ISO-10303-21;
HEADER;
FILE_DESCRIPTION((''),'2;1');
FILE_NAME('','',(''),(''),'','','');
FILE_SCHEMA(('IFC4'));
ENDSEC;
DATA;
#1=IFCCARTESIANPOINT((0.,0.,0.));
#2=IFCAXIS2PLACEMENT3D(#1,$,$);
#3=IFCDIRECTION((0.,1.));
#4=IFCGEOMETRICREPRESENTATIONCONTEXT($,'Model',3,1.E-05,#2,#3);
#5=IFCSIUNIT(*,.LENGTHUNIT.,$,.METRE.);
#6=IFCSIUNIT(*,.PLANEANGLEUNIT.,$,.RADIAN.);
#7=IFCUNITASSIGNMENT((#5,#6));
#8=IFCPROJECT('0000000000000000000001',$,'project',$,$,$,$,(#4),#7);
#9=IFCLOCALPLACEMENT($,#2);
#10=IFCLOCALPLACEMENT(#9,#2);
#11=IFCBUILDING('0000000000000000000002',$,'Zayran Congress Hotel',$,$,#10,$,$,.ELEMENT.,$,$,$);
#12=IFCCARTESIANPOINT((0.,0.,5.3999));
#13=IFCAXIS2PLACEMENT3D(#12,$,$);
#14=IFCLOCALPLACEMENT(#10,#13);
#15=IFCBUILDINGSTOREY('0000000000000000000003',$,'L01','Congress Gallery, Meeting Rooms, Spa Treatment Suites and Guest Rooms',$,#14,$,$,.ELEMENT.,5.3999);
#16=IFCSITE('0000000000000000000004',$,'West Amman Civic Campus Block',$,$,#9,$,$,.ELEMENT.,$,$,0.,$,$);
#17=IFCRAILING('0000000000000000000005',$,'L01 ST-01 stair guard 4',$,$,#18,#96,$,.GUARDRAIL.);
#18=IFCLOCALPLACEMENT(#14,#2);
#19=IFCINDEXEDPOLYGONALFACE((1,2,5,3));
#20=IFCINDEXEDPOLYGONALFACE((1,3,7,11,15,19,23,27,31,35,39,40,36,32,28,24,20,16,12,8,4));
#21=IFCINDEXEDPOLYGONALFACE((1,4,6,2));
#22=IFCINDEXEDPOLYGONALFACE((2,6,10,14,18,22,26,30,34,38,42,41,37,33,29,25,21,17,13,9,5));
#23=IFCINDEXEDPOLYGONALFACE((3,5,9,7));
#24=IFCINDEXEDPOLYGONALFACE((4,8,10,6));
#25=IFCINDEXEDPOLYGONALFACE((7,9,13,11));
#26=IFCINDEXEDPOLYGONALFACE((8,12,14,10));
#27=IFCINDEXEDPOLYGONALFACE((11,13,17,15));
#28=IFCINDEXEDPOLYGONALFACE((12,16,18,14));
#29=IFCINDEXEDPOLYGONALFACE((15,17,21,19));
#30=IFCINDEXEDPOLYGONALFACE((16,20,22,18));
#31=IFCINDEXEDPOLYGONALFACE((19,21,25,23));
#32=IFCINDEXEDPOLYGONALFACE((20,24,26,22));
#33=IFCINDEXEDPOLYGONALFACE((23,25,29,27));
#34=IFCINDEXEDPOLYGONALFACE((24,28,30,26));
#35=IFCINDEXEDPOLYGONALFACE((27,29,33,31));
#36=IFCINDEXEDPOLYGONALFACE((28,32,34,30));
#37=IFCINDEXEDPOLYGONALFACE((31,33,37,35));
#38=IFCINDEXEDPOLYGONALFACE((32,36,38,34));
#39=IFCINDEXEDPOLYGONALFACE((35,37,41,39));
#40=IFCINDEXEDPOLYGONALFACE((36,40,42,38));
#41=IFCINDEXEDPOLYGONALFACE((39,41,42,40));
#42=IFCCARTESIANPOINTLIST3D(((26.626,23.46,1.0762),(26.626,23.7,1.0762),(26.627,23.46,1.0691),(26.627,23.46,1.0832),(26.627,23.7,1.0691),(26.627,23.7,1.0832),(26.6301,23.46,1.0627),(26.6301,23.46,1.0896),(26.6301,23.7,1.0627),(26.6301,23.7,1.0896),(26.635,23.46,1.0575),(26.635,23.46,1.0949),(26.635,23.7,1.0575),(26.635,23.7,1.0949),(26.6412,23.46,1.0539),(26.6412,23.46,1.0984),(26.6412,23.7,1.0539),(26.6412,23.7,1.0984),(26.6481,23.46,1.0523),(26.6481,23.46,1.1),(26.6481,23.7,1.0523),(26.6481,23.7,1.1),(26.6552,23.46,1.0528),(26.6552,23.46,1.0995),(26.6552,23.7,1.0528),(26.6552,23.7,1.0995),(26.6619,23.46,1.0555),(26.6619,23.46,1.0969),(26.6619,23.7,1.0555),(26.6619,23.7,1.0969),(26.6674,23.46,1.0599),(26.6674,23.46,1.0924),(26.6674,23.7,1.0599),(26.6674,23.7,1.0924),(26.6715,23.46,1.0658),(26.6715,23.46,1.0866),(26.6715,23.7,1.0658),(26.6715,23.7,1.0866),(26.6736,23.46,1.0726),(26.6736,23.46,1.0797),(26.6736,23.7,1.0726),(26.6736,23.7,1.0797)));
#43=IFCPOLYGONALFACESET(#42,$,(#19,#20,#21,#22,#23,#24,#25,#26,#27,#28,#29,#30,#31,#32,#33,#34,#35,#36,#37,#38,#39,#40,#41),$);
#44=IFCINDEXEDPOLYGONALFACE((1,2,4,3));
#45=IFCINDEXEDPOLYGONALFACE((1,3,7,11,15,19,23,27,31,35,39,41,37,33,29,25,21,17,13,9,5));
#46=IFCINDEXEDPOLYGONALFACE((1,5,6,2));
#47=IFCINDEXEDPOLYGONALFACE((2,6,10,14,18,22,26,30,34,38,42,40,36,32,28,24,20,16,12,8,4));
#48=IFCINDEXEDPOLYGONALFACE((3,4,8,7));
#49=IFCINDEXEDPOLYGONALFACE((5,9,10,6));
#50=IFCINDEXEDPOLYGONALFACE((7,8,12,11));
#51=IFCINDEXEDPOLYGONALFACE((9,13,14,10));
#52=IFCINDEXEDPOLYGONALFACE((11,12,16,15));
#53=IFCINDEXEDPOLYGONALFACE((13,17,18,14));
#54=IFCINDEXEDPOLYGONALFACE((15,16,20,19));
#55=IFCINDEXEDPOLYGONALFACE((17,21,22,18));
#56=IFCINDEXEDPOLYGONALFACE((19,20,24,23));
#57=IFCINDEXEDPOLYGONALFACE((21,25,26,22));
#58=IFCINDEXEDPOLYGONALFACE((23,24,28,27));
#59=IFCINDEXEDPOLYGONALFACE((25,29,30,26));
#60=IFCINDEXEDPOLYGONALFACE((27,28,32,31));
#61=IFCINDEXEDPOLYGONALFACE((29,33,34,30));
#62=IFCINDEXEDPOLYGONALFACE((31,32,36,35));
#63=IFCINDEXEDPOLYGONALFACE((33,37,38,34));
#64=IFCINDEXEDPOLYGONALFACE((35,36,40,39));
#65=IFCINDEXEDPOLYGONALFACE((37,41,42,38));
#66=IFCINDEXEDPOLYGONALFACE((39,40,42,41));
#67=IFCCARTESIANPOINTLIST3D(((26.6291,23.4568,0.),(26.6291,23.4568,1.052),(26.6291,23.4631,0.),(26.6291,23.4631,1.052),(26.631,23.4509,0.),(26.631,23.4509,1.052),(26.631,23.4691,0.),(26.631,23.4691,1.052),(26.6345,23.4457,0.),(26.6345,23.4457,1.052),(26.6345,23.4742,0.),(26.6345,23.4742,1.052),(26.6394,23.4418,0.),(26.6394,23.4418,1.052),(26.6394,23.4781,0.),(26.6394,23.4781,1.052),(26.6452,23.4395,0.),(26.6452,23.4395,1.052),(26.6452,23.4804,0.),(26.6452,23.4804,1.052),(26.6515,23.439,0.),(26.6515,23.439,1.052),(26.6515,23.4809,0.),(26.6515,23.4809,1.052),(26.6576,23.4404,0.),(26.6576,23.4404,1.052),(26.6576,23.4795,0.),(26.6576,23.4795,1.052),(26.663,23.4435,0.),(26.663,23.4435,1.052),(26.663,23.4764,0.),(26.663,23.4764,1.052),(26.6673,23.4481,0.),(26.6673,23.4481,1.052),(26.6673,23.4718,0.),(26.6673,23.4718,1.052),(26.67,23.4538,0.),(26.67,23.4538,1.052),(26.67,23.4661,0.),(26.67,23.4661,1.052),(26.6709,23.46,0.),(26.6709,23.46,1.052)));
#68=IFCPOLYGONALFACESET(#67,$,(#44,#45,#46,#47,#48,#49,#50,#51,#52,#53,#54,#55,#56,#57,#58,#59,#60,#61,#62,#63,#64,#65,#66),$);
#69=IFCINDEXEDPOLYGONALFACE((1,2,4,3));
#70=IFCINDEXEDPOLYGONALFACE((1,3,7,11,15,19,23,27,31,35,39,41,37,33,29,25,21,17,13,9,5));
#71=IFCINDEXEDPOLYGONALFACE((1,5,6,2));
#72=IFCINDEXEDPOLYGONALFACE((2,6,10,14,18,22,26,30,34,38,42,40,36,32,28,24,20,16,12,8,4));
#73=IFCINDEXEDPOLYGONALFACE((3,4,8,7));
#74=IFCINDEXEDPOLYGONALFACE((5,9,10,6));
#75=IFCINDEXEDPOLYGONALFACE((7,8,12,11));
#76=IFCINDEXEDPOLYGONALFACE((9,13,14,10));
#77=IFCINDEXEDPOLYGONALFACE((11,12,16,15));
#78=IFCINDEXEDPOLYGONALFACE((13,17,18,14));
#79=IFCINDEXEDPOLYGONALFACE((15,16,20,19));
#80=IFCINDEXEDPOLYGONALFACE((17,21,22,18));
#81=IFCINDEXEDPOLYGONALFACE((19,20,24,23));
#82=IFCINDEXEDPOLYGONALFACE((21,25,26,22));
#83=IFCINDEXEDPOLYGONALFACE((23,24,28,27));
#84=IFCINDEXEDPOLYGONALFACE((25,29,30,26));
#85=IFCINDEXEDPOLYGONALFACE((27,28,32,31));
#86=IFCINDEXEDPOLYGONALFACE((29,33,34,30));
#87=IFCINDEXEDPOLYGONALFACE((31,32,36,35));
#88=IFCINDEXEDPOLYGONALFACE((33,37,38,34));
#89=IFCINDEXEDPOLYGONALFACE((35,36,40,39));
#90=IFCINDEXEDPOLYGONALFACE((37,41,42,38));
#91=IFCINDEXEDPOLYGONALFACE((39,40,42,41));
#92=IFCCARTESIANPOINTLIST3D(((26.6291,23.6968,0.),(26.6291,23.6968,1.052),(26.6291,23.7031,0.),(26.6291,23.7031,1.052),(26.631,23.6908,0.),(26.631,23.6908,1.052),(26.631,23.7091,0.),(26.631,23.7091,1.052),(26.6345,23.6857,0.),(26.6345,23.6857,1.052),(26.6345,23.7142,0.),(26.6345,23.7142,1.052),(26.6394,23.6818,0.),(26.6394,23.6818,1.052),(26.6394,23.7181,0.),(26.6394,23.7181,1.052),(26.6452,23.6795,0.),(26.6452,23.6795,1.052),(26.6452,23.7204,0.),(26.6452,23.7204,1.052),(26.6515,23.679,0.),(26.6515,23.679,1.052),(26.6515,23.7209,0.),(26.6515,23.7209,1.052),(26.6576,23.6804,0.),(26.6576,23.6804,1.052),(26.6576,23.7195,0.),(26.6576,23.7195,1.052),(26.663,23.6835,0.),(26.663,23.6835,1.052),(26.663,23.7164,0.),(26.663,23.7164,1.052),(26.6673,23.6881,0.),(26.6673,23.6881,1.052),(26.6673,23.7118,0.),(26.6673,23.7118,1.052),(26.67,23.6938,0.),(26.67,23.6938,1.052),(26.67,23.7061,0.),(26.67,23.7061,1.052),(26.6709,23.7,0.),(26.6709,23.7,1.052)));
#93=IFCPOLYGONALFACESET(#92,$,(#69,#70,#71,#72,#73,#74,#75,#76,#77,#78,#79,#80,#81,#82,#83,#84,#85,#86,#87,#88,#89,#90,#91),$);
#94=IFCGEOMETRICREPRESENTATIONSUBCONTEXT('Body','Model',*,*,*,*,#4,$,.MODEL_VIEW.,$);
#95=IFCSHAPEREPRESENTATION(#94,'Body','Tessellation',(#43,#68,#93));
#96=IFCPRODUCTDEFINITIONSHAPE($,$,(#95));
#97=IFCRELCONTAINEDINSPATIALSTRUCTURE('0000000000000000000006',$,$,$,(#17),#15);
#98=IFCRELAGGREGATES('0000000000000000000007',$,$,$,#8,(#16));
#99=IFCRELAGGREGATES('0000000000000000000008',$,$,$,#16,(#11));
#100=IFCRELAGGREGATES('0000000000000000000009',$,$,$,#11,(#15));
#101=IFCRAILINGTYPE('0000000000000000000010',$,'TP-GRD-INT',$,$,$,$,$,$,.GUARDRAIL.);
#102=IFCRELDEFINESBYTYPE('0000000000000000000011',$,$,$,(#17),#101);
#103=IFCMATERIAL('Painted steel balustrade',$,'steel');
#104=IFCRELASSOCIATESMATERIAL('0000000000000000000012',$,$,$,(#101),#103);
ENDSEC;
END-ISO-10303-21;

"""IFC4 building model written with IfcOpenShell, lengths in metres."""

from ifc_helpers import new_model, si_unit, direction, frame, origin, origin_2d, place, context, subcontext, project, spatial, circle, extrude, material, type_object, element, save


model = new_model("IFC4")

# Units and contexts
model_context = context("Model", 3, precision=1e-05, world=origin(), true_north=direction((0.0, 1.0)))
body_context = subcontext(model_context, "Body", "Model", "MODEL_VIEW")
ifc_project = project(units=[si_unit("LENGTHUNIT", "METRE"), si_unit("PLANEANGLEUNIT", "RADIAN")], contexts=[model_context])

# Site, building, storey
site_placement = place(None, origin())
site = spatial("IfcSite", under=ifc_project, at=site_placement, Name="West Amman Civic Campus Block", CompositionType="ELEMENT", RefElevation=0.0)
building_placement = place(site_placement, origin())
building = spatial("IfcBuilding", under=site, at=building_placement, Name="Zayran Congress Hotel", CompositionType="ELEMENT")
storey_placement = place(building_placement, frame((0.0, 0.0, 5.3999)))
storey = spatial("IfcBuildingStorey", under=building, at=storey_placement, Name="L01", Description="Congress Gallery, Meeting Rooms, Spa Treatment Suites and Guest Rooms", CompositionType="ELEMENT", Elevation=5.3999)

# Railing
ifc_material_1 = material(Name="Painted steel balustrade", Category="steel")
railing_type_1 = type_object("IfcRailingType", Name="TP-GRD-INT", PredefinedType="GUARDRAIL", material=ifc_material_1)
railing_1_placement = place(storey_placement, frame((26.6499, 23.46, 0.0)))
element("IfcRailing", 1, at=railing_1_placement, inside=storey, type_object=railing_type_1, Name="L01 ST-01 stair guard 4", PredefinedType="GUARDRAIL", context=body_context, shape_type="SweptSolid", body=[
    extrude(circle(Radius=0.0239, at=origin_2d()), frame((0.0, 0.0, 1.0762), z_axis=(0.0, 1.0, 0.0), x_axis=(-1.0, 0.0, 0.0)), (0.0, 0.0, 1.0), 0.24),
    extrude(circle(Radius=0.021, at=origin_2d()), origin(), (0.0, 0.0, 1.0), 1.052),
    extrude(circle(Radius=0.021, at=origin_2d()), frame((0.0, 0.24, 0.0)), (0.0, 0.0, 1.0), 1.052),
])

save(model, "model.ifc")
